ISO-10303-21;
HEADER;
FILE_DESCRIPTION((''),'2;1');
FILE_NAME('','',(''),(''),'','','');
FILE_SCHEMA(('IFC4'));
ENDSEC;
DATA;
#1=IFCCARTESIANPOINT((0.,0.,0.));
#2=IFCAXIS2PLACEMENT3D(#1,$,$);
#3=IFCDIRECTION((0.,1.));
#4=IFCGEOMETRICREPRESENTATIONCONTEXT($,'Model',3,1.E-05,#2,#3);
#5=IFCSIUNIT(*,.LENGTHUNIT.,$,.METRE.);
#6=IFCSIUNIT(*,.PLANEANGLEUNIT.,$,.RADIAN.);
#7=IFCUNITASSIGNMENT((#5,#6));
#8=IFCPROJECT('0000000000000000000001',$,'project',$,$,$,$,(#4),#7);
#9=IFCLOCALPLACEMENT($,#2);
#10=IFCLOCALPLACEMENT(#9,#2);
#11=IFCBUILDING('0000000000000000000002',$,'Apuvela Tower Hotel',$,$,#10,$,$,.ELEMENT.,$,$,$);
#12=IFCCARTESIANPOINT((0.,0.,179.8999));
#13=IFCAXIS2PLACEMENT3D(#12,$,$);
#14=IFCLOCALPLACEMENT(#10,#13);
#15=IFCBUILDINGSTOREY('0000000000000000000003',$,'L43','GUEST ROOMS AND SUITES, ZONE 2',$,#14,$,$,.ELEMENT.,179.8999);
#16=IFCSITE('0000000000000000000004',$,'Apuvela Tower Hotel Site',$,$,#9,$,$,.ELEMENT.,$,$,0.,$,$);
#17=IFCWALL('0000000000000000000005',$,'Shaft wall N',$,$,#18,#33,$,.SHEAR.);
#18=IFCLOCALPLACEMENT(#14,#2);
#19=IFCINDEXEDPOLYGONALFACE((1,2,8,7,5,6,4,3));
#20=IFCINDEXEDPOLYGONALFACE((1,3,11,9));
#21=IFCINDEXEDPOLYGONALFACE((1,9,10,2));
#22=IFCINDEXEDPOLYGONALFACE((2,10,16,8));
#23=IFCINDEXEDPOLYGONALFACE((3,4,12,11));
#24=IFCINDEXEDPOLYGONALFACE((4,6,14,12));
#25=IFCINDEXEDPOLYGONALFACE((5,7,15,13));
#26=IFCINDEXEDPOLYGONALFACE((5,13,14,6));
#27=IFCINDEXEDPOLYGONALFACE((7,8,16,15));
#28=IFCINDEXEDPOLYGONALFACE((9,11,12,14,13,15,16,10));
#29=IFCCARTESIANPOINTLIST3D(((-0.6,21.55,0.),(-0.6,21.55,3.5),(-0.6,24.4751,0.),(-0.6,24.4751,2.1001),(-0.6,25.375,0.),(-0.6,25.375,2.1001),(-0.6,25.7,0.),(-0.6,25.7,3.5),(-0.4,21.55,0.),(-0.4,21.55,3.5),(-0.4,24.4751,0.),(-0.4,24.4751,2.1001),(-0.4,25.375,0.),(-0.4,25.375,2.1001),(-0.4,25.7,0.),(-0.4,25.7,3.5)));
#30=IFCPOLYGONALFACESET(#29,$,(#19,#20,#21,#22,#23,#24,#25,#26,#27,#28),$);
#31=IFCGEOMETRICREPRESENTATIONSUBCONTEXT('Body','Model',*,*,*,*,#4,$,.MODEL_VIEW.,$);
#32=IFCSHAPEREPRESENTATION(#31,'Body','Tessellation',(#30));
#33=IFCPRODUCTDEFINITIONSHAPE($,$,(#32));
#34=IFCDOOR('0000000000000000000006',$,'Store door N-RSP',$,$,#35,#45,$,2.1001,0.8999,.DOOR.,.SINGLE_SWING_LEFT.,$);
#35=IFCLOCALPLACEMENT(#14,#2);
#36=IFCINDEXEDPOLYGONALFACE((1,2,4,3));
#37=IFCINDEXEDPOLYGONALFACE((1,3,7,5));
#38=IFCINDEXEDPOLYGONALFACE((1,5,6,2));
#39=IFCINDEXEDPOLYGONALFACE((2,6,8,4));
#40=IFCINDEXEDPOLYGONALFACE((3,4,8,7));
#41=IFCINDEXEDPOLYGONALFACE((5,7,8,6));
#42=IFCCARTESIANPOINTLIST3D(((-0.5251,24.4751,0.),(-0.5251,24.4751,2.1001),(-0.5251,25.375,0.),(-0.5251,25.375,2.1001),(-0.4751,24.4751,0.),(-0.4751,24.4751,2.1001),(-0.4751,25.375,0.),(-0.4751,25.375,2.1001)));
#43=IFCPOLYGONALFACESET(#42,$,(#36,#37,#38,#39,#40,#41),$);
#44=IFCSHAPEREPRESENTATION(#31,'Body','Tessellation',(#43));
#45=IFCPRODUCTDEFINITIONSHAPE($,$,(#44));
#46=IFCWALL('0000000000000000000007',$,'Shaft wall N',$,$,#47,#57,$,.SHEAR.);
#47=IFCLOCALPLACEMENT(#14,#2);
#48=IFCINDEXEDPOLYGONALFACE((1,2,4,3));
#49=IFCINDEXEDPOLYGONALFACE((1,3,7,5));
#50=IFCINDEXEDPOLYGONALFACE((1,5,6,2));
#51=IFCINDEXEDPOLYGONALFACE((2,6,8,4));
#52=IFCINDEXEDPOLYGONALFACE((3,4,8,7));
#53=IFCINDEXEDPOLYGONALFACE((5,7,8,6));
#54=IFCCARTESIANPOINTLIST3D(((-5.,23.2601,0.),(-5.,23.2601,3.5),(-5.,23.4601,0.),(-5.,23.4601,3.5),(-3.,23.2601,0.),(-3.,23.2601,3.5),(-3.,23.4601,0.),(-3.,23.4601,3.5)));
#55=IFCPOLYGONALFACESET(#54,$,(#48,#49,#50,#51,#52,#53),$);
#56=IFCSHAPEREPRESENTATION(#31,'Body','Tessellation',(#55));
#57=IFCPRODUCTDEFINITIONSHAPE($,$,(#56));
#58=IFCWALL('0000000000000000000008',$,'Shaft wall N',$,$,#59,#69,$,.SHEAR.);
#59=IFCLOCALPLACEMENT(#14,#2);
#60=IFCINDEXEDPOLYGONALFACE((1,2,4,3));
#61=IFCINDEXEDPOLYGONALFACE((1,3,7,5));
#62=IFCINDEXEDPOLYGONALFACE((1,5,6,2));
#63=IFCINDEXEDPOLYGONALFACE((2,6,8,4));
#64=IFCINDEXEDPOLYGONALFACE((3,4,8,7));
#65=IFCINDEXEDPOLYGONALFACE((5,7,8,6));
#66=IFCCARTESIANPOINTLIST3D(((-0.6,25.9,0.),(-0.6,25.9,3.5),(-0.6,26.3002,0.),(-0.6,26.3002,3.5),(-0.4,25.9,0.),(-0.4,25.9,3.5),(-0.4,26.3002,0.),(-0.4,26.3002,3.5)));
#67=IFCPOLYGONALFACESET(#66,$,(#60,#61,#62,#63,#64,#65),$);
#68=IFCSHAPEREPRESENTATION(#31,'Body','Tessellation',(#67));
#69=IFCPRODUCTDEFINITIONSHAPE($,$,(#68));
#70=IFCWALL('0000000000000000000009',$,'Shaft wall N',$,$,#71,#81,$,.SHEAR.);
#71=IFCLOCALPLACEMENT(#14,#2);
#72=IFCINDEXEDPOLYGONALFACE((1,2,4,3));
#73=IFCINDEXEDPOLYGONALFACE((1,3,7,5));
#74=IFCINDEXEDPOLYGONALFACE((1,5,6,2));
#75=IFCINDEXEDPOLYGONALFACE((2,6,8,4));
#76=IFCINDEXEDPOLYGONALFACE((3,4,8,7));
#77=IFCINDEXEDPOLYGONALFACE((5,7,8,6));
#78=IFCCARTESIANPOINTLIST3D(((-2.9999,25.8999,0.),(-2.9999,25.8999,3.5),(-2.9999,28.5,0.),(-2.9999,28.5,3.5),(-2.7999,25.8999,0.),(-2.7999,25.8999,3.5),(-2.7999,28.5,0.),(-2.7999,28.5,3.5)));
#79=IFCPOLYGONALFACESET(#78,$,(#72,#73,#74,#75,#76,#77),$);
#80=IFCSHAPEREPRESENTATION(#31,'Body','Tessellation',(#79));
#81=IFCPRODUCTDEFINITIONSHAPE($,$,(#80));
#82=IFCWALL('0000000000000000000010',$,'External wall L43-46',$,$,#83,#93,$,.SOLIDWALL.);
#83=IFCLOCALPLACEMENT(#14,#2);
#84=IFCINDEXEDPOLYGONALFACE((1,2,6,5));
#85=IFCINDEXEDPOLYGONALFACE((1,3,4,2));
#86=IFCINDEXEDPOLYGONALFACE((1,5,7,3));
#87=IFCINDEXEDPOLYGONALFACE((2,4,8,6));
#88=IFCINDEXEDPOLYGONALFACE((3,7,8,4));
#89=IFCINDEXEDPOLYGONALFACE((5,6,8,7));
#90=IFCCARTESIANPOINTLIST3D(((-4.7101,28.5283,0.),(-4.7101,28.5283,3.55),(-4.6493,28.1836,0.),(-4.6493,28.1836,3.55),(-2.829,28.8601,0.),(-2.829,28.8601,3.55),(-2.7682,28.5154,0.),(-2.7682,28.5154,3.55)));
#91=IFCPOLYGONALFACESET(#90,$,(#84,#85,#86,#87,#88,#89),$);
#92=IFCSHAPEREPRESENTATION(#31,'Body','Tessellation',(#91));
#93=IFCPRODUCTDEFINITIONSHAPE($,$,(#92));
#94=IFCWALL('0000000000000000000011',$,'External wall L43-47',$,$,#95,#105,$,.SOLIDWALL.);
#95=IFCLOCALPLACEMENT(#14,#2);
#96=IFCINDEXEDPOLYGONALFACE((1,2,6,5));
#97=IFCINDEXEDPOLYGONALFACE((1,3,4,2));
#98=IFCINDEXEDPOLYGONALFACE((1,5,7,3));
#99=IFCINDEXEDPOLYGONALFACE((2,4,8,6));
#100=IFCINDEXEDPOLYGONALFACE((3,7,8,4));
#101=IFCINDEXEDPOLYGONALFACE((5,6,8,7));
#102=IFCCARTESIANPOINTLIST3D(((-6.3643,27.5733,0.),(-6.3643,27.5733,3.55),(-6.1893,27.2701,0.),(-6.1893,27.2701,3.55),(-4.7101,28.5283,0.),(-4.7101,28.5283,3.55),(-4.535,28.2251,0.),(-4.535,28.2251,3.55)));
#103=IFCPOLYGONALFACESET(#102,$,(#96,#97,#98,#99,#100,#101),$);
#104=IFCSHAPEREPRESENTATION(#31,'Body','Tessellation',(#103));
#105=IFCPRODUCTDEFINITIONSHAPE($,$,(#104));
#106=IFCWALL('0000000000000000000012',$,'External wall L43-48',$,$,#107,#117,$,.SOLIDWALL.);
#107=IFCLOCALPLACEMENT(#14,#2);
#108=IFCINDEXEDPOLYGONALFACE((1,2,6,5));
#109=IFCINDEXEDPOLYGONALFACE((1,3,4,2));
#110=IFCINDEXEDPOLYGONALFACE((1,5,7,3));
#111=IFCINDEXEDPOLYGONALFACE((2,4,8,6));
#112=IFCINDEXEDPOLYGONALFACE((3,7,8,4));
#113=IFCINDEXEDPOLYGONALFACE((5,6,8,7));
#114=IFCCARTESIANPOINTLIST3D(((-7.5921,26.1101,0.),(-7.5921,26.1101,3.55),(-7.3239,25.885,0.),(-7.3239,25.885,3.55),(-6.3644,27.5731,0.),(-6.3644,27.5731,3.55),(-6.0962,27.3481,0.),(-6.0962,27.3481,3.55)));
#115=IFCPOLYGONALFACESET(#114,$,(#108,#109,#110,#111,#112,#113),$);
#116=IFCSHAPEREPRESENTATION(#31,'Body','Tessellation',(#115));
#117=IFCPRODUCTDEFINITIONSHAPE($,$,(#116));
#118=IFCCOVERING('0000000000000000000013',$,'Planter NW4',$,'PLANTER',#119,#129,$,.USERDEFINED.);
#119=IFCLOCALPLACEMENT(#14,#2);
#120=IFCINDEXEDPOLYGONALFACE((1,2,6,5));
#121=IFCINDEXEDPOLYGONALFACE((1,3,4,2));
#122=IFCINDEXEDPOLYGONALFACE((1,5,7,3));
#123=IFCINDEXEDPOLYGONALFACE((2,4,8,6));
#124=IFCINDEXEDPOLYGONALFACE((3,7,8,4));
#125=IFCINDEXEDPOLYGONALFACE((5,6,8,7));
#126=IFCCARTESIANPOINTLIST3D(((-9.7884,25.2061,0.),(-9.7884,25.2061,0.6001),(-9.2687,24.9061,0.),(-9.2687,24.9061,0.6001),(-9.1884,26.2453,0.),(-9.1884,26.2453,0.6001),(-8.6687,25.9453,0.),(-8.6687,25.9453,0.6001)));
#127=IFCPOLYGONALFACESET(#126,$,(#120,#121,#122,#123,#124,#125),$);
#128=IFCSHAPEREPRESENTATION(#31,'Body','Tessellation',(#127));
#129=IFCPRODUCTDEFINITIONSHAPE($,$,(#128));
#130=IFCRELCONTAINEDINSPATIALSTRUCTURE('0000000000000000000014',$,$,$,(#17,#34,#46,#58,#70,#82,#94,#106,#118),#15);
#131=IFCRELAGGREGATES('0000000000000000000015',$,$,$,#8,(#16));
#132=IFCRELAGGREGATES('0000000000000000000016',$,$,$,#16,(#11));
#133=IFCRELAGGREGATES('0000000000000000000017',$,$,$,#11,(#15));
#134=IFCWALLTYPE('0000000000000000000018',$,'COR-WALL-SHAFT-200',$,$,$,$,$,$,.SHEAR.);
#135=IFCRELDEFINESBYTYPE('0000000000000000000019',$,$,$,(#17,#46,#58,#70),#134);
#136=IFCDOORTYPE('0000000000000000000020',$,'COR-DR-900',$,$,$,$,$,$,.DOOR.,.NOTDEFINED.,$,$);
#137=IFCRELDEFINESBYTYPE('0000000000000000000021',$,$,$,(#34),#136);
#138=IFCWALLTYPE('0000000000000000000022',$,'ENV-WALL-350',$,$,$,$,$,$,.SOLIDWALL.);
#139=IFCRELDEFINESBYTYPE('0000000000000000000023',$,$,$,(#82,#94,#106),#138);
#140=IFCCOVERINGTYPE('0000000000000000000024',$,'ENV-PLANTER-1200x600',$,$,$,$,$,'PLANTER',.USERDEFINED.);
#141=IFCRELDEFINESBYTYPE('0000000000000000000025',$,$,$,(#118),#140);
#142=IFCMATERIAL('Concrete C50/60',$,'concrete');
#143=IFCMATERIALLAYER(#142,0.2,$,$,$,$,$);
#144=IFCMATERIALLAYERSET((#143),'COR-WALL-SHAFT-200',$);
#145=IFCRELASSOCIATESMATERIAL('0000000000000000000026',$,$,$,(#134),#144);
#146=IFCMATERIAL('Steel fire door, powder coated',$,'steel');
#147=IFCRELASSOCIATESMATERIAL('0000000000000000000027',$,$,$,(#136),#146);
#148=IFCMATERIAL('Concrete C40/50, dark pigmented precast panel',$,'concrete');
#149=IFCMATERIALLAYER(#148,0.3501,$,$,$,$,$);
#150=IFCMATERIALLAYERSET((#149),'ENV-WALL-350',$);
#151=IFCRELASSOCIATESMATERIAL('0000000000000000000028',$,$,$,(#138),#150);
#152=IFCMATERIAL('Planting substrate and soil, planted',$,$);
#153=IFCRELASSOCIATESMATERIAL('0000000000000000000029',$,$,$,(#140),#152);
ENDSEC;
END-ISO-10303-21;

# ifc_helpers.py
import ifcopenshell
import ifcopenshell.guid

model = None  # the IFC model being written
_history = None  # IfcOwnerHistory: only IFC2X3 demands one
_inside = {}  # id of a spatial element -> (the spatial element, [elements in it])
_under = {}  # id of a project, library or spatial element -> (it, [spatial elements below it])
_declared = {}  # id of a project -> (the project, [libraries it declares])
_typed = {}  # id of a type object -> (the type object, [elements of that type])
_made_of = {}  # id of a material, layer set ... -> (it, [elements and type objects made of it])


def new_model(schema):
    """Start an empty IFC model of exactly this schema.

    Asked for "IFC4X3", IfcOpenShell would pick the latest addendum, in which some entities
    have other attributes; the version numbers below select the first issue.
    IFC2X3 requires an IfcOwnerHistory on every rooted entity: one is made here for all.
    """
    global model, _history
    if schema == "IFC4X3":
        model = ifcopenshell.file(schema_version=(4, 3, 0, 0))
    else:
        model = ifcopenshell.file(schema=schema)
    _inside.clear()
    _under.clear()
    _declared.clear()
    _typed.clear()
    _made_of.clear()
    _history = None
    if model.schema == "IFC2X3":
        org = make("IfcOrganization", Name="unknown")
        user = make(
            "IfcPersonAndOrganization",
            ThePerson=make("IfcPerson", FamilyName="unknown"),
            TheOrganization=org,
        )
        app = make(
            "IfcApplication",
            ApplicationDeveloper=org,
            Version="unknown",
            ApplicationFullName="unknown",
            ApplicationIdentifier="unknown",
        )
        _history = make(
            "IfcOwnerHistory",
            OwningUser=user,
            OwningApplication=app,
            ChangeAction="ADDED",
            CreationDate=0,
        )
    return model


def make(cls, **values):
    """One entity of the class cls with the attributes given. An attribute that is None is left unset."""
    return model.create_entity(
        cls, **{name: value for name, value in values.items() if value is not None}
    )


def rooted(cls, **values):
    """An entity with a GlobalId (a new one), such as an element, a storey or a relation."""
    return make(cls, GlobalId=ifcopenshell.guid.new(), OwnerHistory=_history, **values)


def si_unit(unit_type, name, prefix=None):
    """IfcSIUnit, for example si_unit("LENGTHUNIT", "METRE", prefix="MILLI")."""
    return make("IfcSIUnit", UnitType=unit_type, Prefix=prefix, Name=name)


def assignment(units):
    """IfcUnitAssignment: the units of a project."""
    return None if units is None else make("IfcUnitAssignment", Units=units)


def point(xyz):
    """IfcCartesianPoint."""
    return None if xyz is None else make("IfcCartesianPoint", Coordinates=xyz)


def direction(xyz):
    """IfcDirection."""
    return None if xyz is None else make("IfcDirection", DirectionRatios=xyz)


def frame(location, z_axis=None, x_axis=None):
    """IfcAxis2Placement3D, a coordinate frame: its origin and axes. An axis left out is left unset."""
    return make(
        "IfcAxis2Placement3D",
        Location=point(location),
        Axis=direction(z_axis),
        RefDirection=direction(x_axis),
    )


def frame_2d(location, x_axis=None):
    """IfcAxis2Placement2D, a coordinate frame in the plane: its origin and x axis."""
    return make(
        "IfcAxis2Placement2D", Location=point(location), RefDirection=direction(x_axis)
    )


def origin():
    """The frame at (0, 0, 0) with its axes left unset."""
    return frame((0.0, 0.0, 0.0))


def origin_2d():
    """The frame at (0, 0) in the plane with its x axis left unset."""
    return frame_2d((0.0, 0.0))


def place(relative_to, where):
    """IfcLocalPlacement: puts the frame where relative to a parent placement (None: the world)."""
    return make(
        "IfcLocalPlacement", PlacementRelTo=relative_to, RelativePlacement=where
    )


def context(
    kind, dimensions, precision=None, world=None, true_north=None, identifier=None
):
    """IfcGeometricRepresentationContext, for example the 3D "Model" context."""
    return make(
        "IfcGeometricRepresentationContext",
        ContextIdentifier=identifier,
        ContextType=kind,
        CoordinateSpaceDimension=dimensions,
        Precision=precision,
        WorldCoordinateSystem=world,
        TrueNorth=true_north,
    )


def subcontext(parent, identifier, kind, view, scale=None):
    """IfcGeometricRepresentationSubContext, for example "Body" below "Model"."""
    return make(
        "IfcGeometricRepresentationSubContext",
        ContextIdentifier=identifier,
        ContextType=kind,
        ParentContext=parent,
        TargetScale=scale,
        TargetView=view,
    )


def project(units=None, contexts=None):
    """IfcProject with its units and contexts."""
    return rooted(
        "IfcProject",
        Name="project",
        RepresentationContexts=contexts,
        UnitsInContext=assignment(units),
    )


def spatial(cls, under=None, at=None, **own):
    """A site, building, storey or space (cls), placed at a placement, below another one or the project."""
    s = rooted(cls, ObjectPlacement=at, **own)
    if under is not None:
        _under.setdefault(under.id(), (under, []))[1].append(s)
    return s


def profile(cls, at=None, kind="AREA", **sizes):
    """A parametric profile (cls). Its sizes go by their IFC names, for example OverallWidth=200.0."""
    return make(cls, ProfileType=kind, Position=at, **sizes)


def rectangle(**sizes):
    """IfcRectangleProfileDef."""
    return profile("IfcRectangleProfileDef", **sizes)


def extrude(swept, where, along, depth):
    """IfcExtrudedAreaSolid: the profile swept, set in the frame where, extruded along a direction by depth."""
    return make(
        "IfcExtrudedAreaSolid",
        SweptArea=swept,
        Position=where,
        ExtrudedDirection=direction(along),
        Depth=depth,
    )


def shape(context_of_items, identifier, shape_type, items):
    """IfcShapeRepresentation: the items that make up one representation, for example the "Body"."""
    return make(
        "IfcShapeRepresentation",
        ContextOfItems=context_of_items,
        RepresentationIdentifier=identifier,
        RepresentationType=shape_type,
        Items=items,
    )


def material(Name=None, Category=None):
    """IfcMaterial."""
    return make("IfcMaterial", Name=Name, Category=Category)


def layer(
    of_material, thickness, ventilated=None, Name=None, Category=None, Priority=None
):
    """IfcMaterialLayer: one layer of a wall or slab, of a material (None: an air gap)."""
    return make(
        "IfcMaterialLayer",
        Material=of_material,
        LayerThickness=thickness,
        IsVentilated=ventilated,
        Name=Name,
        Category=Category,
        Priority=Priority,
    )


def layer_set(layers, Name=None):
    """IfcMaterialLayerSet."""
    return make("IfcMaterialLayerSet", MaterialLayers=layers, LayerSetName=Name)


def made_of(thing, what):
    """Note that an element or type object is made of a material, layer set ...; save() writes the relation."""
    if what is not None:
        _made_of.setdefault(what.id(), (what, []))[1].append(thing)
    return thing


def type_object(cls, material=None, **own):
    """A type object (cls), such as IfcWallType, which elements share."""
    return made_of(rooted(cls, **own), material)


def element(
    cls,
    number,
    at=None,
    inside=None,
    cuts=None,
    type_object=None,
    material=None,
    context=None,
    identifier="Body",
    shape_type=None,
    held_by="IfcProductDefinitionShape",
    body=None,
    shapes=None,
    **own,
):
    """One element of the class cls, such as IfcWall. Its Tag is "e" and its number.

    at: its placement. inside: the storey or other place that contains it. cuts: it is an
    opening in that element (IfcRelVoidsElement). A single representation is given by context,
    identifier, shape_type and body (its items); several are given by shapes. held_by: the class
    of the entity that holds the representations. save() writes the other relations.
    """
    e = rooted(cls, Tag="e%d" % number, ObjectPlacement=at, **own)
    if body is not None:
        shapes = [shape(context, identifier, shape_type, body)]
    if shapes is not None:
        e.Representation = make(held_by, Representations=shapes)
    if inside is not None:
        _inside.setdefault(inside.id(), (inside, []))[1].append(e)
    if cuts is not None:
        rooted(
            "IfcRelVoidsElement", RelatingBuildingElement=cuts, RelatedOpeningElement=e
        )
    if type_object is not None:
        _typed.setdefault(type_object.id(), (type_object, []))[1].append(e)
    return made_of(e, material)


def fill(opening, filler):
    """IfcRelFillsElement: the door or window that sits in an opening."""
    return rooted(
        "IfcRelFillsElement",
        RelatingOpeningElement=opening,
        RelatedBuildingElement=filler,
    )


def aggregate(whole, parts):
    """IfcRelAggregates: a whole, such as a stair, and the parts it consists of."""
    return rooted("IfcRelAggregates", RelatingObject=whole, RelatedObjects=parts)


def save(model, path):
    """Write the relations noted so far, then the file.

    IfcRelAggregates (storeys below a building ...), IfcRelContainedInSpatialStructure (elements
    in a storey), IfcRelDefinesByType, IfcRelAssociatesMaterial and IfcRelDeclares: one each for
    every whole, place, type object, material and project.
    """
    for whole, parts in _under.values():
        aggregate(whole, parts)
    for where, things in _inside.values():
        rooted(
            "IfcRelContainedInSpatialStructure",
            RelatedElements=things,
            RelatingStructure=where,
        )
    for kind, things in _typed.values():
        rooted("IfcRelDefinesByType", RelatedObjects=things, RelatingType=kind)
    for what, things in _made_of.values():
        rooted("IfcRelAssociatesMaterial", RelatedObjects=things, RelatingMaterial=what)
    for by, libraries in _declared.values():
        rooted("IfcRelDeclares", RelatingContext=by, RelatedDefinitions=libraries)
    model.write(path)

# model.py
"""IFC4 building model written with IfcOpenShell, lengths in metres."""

from ifc_helpers import new_model, si_unit, direction, frame, frame_2d, origin, origin_2d, place, context, subcontext, project, spatial, rectangle, extrude, material, layer, layer_set, type_object, element, fill, save


model = new_model("IFC4")

# Units and contexts
model_context = context("Model", 3, precision=1e-05, world=origin(), true_north=direction((0.0, 1.0)))
body_context = subcontext(model_context, "Body", "Model", "MODEL_VIEW")
ifc_project = project(units=[si_unit("LENGTHUNIT", "METRE"), si_unit("PLANEANGLEUNIT", "RADIAN")], contexts=[model_context])

# Site, building, storey
site_placement = place(None, origin())
site = spatial("IfcSite", under=ifc_project, at=site_placement, Name="Apuvela Tower Hotel Site", CompositionType="ELEMENT", RefElevation=0.0)
building_placement = place(site_placement, origin())
building = spatial("IfcBuilding", under=site, at=building_placement, Name="Apuvela Tower Hotel", CompositionType="ELEMENT")
storey_placement = place(building_placement, frame((0.0, 0.0, 179.8999)))
storey = spatial("IfcBuildingStorey", under=building, at=storey_placement, Name="L43", Description="GUEST ROOMS AND SUITES, ZONE 2", CompositionType="ELEMENT", Elevation=179.8999)

# Shared definitions
ifc_material_1 = material(Name="Concrete C50/60", Category="concrete")
ifc_layer_1 = layer(ifc_material_1, 0.2)
ifc_layer_set_1 = layer_set([ifc_layer_1], Name="COR-WALL-SHAFT-200")
wall_type_1 = type_object("IfcWallType", Name="COR-WALL-SHAFT-200", PredefinedType="SHEAR", material=ifc_layer_set_1)

# Wall, opening, door
wall_1_placement = place(storey_placement, frame((-0.5, 21.55, 0.0), z_axis=(0.0, 0.0, 1.0), x_axis=(0.0, 1.0, 0.0)))
wall_1 = element("IfcWall", 1, at=wall_1_placement, inside=storey, type_object=wall_type_1, Name="Shaft wall N", PredefinedType="SHEAR", context=body_context, shape_type="SweptSolid", body=[
    extrude(rectangle(XDim=4.1499, YDim=0.2, at=frame_2d((2.075, 0.0))), origin(), (0.0, 0.0, 1.0), 3.5),
])
opening_1_placement = place(wall_1_placement, frame((2.925, 0.0, 0.0)))
opening_1 = element("IfcOpeningElement", 2, at=opening_1_placement, cuts=wall_1, PredefinedType="OPENING", context=body_context, shape_type="SweptSolid", body=[
    extrude(rectangle(XDim=0.8999, YDim=2.1001, at=frame_2d((0.45, 1.05))), frame((0.0, 0.1099, 0.0), z_axis=(0.0, -1.0, 0.0), x_axis=(1.0, 0.0, 0.0)), (0.0, 0.0, 1.0), 0.22),
])
ifc_material_2 = material(Name="Steel fire door, powder coated", Category="steel")
door_type_1 = type_object("IfcDoorType", Name="COR-DR-900", OperationType="NOTDEFINED", PredefinedType="DOOR", material=ifc_material_2)
door_1_placement = place(opening_1_placement, frame((0.8999, 0.0, 0.0), z_axis=(0.0, 0.0, 1.0), x_axis=(-1.0, 0.0, 0.0)))
door_1 = element("IfcDoor", 3, at=door_1_placement, inside=storey, type_object=door_type_1, Name="Store door N-RSP", OperationType="SINGLE_SWING_LEFT", OverallHeight=2.1001, OverallWidth=0.8999, PredefinedType="DOOR", context=body_context, shape_type="SweptSolid", body=[
    extrude(rectangle(XDim=0.8999, YDim=2.1001, at=frame_2d((0.45, 1.05))), frame((0.0, 0.0249, 0.0), z_axis=(0.0, -1.0, 0.0), x_axis=(1.0, 0.0, 0.0)), (0.0, 0.0, 1.0), 0.05),
])
fill(opening_1, door_1)

# Walls
wall_2_placement = place(storey_placement, frame((-3.0, 23.3601, 0.0), z_axis=(0.0, 0.0, 1.0), x_axis=(-1.0, 0.0, 0.0)))
element("IfcWall", 4, at=wall_2_placement, inside=storey, type_object=wall_type_1, Name="Shaft wall N", PredefinedType="SHEAR", context=body_context, shape_type="SweptSolid", body=[
    extrude(rectangle(XDim=2.0, YDim=0.2, at=frame_2d((1.0, 0.0))), origin(), (0.0, 0.0, 1.0), 3.5),
])
wall_3_placement = place(storey_placement, frame((-0.5, 25.8999, 0.0), z_axis=(0.0, 0.0, 1.0), x_axis=(0.0, 1.0, 0.0)))
element("IfcWall", 5, at=wall_3_placement, inside=storey, type_object=wall_type_1, Name="Shaft wall N", PredefinedType="SHEAR", context=body_context, shape_type="SweptSolid", body=[
    extrude(rectangle(XDim=0.4001, YDim=0.2, at=frame_2d((0.2002, 0.0))), origin(), (0.0, 0.0, 1.0), 3.5),
])
wall_4_placement = place(storey_placement, frame((-2.8999, 25.8999, 0.0), z_axis=(0.0, 0.0, 1.0), x_axis=(0.0, 1.0, 0.0)))
element("IfcWall", 6, at=wall_4_placement, inside=storey, type_object=wall_type_1, Name="Shaft wall N", PredefinedType="SHEAR", context=body_context, shape_type="SweptSolid", body=[
    extrude(rectangle(XDim=2.6001, YDim=0.2, at=frame_2d((1.3, 0.0))), origin(), (0.0, 0.0, 1.0), 3.5),
])

# Shared definitions
ifc_material_3 = material(Name="Concrete C40/50, dark pigmented precast panel", Category="concrete")
ifc_layer_2 = layer(ifc_material_3, 0.3501)
ifc_layer_set_2 = layer_set([ifc_layer_2], Name="ENV-WALL-350")
wall_type_2 = type_object("IfcWallType", Name="ENV-WALL-350", PredefinedType="SOLIDWALL", material=ifc_layer_set_2)

# Walls
for number, where, z_axis, x_axis, name in (
    (7, (-2.7986, 28.6877, 0.0), (0.0, 0.0, 1.0), (-0.984799, -0.173698, 0.0), "External wall L43-46"),
    (8, (-4.6226, 28.3767, 0.0), (0.0, 0.0, 1.0), (-0.866032, -0.499988, 0.0), "External wall L43-47"),
):
    element("IfcWall", number, at=place(storey_placement, frame(where, z_axis=z_axis, x_axis=x_axis)), inside=storey, type_object=wall_type_2, Name=name, PredefinedType="SOLIDWALL", context=body_context, shape_type="SweptSolid", body=[
        extrude(rectangle(XDim=1.9102, YDim=0.3501, at=frame_2d((0.9551, 0.0))), origin(), (0.0, 0.0, 1.0), 3.55),
    ])
wall_5_placement = place(storey_placement, frame((-6.2302, 27.4607, 0.0), z_axis=(0.0, 0.0, 1.0), x_axis=(-0.642808, -0.766027, 0.0)))
element("IfcWall", 9, at=wall_5_placement, inside=storey, type_object=wall_type_2, Name="External wall L43-48", PredefinedType="SOLIDWALL", context=body_context, shape_type="SweptSolid", body=[
    extrude(rectangle(XDim=1.9099, YDim=0.3501, at=frame_2d((0.9551, 0.0))), origin(), (0.0, 0.0, 1.0), 3.55),
])

# Covering
ifc_material_4 = material(Name="Planting substrate and soil, planted")
covering_type = type_object("IfcCoveringType", Name="ENV-PLANTER-1200x600", ElementType="PLANTER", PredefinedType="USERDEFINED", material=ifc_material_4)
covering_placement = place(storey_placement, frame((-9.2285, 25.5757, 0.0), z_axis=(0.0, 0.0, 1.0), x_axis=(-0.5, -0.866025, 0.0)))
element("IfcCovering", 10, at=covering_placement, inside=storey, type_object=covering_type, Name="Planter NW4", ObjectType="PLANTER", PredefinedType="USERDEFINED", context=body_context, shape_type="SweptSolid", body=[
    extrude(rectangle(XDim=1.2, YDim=0.6001, at=origin_2d()), origin(), (0.0, 0.0, 1.0), 0.6001),
])

save(model, "model.ifc")
